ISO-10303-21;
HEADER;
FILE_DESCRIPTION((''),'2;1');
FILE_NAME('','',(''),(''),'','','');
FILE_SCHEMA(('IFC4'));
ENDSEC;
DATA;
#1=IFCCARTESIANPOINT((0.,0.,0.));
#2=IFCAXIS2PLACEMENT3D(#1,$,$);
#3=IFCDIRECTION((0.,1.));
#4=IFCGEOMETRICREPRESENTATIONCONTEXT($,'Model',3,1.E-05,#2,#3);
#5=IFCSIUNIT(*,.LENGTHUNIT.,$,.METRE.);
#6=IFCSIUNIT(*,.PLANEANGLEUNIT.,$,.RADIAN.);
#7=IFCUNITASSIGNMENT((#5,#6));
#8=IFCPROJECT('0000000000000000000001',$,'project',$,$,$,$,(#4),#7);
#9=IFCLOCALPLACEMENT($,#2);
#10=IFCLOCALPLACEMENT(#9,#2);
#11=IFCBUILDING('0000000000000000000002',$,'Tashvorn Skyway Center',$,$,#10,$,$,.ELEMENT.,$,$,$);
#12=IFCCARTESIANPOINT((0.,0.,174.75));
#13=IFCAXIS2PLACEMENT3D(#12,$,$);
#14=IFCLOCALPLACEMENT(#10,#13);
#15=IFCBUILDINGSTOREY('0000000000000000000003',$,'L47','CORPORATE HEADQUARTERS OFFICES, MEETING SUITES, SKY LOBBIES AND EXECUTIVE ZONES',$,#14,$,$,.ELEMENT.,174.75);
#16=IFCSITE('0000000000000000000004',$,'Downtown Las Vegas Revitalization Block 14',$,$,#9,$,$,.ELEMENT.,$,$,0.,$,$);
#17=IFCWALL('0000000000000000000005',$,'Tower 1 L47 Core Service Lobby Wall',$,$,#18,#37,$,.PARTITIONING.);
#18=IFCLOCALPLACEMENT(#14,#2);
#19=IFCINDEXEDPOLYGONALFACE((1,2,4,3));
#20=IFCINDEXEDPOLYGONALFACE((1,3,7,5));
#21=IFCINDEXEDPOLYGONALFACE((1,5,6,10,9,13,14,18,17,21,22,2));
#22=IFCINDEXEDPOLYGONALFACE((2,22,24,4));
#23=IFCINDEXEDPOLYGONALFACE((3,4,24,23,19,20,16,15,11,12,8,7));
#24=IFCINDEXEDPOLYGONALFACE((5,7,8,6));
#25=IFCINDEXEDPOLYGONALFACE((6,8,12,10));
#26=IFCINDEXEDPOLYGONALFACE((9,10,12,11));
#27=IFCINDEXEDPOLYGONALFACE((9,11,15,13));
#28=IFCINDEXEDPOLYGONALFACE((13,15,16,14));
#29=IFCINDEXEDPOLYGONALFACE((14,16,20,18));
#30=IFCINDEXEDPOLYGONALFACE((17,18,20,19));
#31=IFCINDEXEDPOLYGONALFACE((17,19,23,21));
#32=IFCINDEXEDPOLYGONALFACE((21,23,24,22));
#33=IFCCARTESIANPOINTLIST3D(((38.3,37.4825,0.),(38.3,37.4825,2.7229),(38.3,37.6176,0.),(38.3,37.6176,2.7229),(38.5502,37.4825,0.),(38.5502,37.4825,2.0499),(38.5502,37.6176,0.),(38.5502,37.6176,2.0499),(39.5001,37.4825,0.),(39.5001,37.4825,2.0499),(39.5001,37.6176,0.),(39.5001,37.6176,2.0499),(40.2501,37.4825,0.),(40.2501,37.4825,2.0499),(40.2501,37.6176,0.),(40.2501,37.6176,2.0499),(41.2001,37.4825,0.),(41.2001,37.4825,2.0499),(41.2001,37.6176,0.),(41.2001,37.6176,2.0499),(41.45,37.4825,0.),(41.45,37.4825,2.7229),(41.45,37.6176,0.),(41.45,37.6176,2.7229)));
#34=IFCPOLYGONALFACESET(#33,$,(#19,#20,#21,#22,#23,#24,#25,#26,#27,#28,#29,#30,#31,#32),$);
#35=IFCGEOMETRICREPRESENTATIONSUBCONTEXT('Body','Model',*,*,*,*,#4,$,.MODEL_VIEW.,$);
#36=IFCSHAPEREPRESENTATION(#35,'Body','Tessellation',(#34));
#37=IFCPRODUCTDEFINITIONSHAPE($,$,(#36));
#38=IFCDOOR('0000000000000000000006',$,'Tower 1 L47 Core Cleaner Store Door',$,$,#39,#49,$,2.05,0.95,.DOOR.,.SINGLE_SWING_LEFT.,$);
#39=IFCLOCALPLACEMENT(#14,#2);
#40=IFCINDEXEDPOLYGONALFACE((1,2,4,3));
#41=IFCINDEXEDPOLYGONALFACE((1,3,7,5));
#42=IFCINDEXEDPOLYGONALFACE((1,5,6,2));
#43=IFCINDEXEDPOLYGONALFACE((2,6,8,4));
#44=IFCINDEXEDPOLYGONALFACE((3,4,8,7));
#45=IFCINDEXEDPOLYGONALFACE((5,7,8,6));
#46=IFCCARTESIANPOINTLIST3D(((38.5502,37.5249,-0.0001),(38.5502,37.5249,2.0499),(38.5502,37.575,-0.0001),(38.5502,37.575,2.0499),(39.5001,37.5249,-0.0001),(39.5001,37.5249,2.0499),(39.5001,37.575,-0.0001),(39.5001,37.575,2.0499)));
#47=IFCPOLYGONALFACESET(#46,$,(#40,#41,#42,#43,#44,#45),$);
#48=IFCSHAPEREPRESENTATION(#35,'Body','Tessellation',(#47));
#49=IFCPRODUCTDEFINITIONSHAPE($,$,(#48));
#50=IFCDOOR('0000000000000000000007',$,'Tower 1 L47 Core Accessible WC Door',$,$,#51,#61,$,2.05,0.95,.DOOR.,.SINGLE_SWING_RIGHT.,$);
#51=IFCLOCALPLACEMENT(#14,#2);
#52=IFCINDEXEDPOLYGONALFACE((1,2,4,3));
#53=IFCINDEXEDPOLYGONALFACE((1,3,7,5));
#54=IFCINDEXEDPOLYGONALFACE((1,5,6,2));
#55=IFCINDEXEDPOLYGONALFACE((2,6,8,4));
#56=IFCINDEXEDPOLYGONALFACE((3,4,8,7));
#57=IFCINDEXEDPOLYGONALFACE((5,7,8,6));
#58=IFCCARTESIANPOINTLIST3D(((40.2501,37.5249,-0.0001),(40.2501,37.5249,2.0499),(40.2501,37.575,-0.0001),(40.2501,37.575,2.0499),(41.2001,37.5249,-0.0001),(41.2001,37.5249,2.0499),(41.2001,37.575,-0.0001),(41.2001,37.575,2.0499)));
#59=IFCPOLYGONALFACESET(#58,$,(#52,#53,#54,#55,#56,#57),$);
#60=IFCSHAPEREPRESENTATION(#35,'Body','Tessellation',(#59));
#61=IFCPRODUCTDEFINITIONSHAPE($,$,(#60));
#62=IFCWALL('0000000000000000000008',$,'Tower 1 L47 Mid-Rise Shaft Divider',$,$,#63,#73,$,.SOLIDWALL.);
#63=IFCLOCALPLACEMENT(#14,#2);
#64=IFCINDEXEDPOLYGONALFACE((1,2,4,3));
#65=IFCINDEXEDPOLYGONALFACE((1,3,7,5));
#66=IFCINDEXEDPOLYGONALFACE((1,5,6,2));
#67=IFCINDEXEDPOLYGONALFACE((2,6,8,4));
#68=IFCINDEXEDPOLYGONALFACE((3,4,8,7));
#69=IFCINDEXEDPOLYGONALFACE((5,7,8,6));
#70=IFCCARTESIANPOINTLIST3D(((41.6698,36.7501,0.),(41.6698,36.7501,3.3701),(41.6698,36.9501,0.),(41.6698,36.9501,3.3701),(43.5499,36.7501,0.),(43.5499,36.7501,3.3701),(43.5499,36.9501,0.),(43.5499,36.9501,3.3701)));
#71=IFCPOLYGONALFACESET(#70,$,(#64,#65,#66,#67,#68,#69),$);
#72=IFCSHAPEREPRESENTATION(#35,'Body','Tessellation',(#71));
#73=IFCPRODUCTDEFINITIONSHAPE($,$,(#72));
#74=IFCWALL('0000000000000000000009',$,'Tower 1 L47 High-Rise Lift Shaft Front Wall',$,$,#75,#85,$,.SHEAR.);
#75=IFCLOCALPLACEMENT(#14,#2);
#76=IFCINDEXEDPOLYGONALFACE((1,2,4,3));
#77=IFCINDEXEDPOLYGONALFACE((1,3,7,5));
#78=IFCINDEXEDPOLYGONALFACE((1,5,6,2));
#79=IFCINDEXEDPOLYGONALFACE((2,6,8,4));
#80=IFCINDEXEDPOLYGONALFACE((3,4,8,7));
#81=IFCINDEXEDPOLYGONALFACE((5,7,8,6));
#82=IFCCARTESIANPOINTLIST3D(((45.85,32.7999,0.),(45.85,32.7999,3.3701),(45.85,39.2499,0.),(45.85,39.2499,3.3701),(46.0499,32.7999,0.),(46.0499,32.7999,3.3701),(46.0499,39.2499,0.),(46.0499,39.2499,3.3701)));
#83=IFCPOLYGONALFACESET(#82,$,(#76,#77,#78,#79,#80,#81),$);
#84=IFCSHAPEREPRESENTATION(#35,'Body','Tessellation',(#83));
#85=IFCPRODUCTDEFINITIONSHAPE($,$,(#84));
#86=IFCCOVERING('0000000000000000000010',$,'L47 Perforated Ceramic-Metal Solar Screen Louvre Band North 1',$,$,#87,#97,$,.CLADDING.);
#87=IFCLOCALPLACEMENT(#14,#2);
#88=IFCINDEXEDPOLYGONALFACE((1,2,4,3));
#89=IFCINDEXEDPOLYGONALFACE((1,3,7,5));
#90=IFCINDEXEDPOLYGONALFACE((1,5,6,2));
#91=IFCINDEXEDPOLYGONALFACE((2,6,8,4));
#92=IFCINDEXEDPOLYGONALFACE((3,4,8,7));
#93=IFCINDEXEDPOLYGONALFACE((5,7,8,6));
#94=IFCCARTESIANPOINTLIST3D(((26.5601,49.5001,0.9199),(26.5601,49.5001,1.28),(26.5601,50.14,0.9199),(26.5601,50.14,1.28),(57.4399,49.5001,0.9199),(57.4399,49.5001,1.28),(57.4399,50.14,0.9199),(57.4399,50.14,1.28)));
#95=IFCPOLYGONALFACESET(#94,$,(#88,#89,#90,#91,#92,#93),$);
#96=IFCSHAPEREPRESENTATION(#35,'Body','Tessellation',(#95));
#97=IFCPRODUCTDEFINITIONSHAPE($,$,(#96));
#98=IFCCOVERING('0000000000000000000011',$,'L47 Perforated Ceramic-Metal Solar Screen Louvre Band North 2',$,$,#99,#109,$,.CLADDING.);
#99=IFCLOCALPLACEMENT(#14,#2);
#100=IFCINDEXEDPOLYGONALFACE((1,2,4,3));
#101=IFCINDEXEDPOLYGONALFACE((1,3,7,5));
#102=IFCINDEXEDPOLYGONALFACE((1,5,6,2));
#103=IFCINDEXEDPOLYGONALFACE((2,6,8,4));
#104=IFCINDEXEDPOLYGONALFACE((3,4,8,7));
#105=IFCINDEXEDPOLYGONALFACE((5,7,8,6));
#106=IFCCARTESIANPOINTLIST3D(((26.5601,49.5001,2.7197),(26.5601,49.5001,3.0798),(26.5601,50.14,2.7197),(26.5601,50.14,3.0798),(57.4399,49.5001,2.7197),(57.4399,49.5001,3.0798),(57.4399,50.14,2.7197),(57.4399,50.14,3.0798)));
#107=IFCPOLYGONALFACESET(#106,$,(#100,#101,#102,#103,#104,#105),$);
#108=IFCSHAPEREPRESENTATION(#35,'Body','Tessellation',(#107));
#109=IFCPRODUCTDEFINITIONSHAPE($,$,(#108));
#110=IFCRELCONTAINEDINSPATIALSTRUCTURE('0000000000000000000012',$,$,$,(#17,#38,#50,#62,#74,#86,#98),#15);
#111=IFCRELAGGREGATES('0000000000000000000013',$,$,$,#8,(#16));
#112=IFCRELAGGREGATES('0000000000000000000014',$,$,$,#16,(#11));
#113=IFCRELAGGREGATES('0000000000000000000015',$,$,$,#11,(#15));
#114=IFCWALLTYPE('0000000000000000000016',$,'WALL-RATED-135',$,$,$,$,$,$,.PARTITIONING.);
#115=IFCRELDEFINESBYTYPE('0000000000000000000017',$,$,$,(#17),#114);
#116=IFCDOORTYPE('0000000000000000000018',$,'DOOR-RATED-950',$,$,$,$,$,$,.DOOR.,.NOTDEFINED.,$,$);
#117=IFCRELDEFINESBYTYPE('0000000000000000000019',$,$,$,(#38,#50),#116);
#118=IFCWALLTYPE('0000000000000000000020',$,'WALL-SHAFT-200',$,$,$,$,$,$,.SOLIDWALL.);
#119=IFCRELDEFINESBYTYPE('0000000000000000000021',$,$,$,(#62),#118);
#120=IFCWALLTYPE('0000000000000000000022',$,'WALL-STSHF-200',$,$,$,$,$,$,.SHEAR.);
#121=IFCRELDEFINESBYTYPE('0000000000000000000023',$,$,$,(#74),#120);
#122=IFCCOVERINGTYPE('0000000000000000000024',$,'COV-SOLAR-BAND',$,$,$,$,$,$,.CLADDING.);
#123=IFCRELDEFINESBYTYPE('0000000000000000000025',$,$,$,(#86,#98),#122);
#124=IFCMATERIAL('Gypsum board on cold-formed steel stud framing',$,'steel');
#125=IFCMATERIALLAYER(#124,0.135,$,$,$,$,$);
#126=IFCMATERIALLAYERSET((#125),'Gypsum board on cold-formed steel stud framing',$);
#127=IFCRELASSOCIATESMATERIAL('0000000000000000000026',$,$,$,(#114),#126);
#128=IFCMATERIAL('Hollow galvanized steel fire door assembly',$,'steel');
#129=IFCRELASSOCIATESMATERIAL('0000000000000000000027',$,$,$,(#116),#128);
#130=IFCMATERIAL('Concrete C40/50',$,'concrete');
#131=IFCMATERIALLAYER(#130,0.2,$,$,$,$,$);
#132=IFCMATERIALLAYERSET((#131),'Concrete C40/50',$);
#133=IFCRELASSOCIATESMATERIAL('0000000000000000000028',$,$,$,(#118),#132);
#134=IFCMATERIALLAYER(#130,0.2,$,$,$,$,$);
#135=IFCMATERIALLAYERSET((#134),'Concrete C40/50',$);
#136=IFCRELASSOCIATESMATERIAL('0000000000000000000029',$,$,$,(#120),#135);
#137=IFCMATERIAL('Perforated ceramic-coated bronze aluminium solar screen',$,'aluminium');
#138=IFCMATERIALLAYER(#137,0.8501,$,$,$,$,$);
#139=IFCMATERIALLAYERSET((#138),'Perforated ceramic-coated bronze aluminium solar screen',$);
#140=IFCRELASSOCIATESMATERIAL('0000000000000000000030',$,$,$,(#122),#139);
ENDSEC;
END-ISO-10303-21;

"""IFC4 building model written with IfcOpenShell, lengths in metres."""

from ifc_helpers import new_model, si_unit, direction, frame, frame_2d, origin, origin_2d, place, context, subcontext, project, spatial, rectangle, extrude, material, layer, layer_set, type_object, element, fill, save


model = new_model("IFC4")

# Units and contexts
model_context = context("Model", 3, precision=1e-05, world=origin(), true_north=direction((0.0, 1.0)))
body_context = subcontext(model_context, "Body", "Model", "MODEL_VIEW")
ifc_project = project(units=[si_unit("LENGTHUNIT", "METRE"), si_unit("PLANEANGLEUNIT", "RADIAN")], contexts=[model_context])

# Site, building, storey
site_placement = place(None, origin())
site = spatial("IfcSite", under=ifc_project, at=site_placement, Name="Downtown Las Vegas Revitalization Block 14", CompositionType="ELEMENT", RefElevation=0.0)
building_placement = place(site_placement, origin())
building = spatial("IfcBuilding", under=site, at=building_placement, Name="Tashvorn Skyway Center", CompositionType="ELEMENT")
storey_placement = place(building_placement, frame((0.0, 0.0, 174.75)))
storey = spatial("IfcBuildingStorey", under=building, at=storey_placement, Name="L47", Description="CORPORATE HEADQUARTERS OFFICES, MEETING SUITES, SKY LOBBIES AND EXECUTIVE ZONES", CompositionType="ELEMENT", Elevation=174.75)

# Shared definitions
ifc_material_1 = material(Name="Gypsum board on cold-formed steel stud framing", Category="steel")

# Wall, openings, doors
ifc_layer_1 = layer(ifc_material_1, 0.135)
ifc_layer_set_1 = layer_set([ifc_layer_1], Name="Gypsum board on cold-formed steel stud framing")
wall_type_1 = type_object("IfcWallType", Name="WALL-RATED-135", PredefinedType="PARTITIONING", material=ifc_layer_set_1)
wall_1_placement = place(storey_placement, frame((38.3, 37.55, 0.0), z_axis=(0.0, 0.0, 1.0), x_axis=(1.0, 0.0, 0.0)))
wall_1 = element("IfcWall", 1, at=wall_1_placement, inside=storey, type_object=wall_type_1, Name="Tower 1 L47 Core Service Lobby Wall", PredefinedType="PARTITIONING", context=body_context, shape_type="SweptSolid", body=[
    extrude(rectangle(XDim=3.1499, YDim=0.135, at=frame_2d((1.575, 0.0))), origin(), (0.0, 0.0, 1.0), 2.7229),
])
opening_1_placement = place(wall_1_placement, frame((0.25, 0.0, 0.0)))
opening_1 = element("IfcOpeningElement", 2, at=opening_1_placement, cuts=wall_1, PredefinedType="OPENING", context=body_context, shape_type="SweptSolid", body=[
    extrude(rectangle(XDim=0.95, YDim=2.05, at=frame_2d((0.4751, 1.0249))), frame((0.0, 0.0774, 0.0), z_axis=(0.0, -1.0, 0.0), x_axis=(1.0, 0.0, 0.0)), (0.0, 0.0, 1.0), 0.155),
])
opening_2_placement = place(wall_1_placement, frame((1.95, 0.0, 0.0)))
opening_2 = element("IfcOpeningElement", 3, at=opening_2_placement, cuts=wall_1, PredefinedType="OPENING", context=body_context, shape_type="SweptSolid", body=[
    extrude(rectangle(XDim=0.95, YDim=2.05, at=frame_2d((0.4751, 1.0249))), frame((0.0, 0.0774, 0.0), z_axis=(0.0, -1.0, 0.0), x_axis=(1.0, 0.0, 0.0)), (0.0, 0.0, 1.0), 0.155),
])
ifc_material_2 = material(Name="Hollow galvanized steel fire door assembly", Category="steel")
door_type = type_object("IfcDoorType", Name="DOOR-RATED-950", OperationType="NOTDEFINED", PredefinedType="DOOR", material=ifc_material_2)
door_1_placement = place(opening_1_placement, origin())
door_1 = element("IfcDoor", 4, at=door_1_placement, inside=storey, type_object=door_type, Name="Tower 1 L47 Core Cleaner Store Door", OperationType="SINGLE_SWING_LEFT", OverallHeight=2.05, OverallWidth=0.95, PredefinedType="DOOR", context=body_context, shape_type="SweptSolid", body=[
    extrude(rectangle(XDim=0.95, YDim=2.05, at=frame_2d((0.4751, 1.0249))), frame((0.0, 0.0249, 0.0), z_axis=(0.0, -1.0, 0.0), x_axis=(1.0, 0.0, 0.0)), (0.0, 0.0, 1.0), 0.05),
])
fill(opening_1, door_1)
door_2_placement = place(opening_2_placement, origin())
door_2 = element("IfcDoor", 5, at=door_2_placement, inside=storey, type_object=door_type, Name="Tower 1 L47 Core Accessible WC Door", OperationType="SINGLE_SWING_RIGHT", OverallHeight=2.05, OverallWidth=0.95, PredefinedType="DOOR", context=body_context, shape_type="SweptSolid", body=[
    extrude(rectangle(XDim=0.95, YDim=2.05, at=frame_2d((0.4751, 1.0249))), frame((0.0, 0.0249, 0.0), z_axis=(0.0, -1.0, 0.0), x_axis=(1.0, 0.0, 0.0)), (0.0, 0.0, 1.0), 0.05),
])
fill(opening_2, door_2)

# Walls
ifc_material_3 = material(Name="Concrete C40/50", Category="concrete")
ifc_layer_2 = layer(ifc_material_3, 0.2)
ifc_layer_set_2 = layer_set([ifc_layer_2], Name="Concrete C40/50")
wall_type_2 = type_object("IfcWallType", Name="WALL-SHAFT-200", PredefinedType="SOLIDWALL", material=ifc_layer_set_2)
wall_2_placement = place(storey_placement, frame((41.6699, 36.8501, 0.0), z_axis=(0.0, 0.0, 1.0), x_axis=(1.0, 0.0, 0.0)))
element("IfcWall", 6, at=wall_2_placement, inside=storey, type_object=wall_type_2, Name="Tower 1 L47 Mid-Rise Shaft Divider", PredefinedType="SOLIDWALL", context=body_context, shape_type="SweptSolid", body=[
    extrude(rectangle(XDim=1.8801, YDim=0.2, at=frame_2d((0.9399, 0.0))), origin(), (0.0, 0.0, 1.0), 3.3701),
])
ifc_layer_3 = layer(ifc_material_3, 0.2)
ifc_layer_set_3 = layer_set([ifc_layer_3], Name="Concrete C40/50")
wall_type_3 = type_object("IfcWallType", Name="WALL-STSHF-200", PredefinedType="SHEAR", material=ifc_layer_set_3)
wall_3_placement = place(storey_placement, frame((45.95, 39.25, 0.0), z_axis=(0.0, 0.0, 1.0), x_axis=(0.0, -1.0, 0.0)))
element("IfcWall", 7, at=wall_3_placement, inside=storey, type_object=wall_type_3, Name="Tower 1 L47 High-Rise Lift Shaft Front Wall", PredefinedType="SHEAR", context=body_context, shape_type="SweptSolid", body=[
    extrude(rectangle(XDim=6.45, YDim=0.2, at=frame_2d((3.2251, 0.0))), origin(), (0.0, 0.0, 1.0), 3.3701),
])

# Coverings
ifc_material_4 = material(Name="Perforated ceramic-coated bronze aluminium solar screen", Category="aluminium")
ifc_layer_4 = layer(ifc_material_4, 0.8501)
ifc_layer_set_4 = layer_set([ifc_layer_4], Name="Perforated ceramic-coated bronze aluminium solar screen")
covering_type = type_object("IfcCoveringType", Name="COV-SOLAR-BAND", PredefinedType="CLADDING", material=ifc_layer_set_4)
for number, where, z_axis, x_axis, name in (
    (8, (42.0, 49.8201, 0.9199), (0.0, 0.0, 1.0), (1.0, 0.0, 0.0), "L47 Perforated Ceramic-Metal Solar Screen Louvre Band North 1"),
    (9, (42.0, 49.8201, 2.7197), (0.0, 0.0, 1.0), (1.0, 0.0, 0.0), "L47 Perforated Ceramic-Metal Solar Screen Louvre Band North 2"),
):
    element("IfcCovering", number, at=place(storey_placement, frame(where, z_axis=z_axis, x_axis=x_axis)), inside=storey, type_object=covering_type, Name=name, PredefinedType="CLADDING", context=body_context, shape_type="SweptSolid", body=[
        extrude(rectangle(XDim=30.8799, YDim=0.6399, at=origin_2d()), origin(), (0.0, 0.0, 1.0), 0.3601),
    ])

save(model, "model.ifc")
